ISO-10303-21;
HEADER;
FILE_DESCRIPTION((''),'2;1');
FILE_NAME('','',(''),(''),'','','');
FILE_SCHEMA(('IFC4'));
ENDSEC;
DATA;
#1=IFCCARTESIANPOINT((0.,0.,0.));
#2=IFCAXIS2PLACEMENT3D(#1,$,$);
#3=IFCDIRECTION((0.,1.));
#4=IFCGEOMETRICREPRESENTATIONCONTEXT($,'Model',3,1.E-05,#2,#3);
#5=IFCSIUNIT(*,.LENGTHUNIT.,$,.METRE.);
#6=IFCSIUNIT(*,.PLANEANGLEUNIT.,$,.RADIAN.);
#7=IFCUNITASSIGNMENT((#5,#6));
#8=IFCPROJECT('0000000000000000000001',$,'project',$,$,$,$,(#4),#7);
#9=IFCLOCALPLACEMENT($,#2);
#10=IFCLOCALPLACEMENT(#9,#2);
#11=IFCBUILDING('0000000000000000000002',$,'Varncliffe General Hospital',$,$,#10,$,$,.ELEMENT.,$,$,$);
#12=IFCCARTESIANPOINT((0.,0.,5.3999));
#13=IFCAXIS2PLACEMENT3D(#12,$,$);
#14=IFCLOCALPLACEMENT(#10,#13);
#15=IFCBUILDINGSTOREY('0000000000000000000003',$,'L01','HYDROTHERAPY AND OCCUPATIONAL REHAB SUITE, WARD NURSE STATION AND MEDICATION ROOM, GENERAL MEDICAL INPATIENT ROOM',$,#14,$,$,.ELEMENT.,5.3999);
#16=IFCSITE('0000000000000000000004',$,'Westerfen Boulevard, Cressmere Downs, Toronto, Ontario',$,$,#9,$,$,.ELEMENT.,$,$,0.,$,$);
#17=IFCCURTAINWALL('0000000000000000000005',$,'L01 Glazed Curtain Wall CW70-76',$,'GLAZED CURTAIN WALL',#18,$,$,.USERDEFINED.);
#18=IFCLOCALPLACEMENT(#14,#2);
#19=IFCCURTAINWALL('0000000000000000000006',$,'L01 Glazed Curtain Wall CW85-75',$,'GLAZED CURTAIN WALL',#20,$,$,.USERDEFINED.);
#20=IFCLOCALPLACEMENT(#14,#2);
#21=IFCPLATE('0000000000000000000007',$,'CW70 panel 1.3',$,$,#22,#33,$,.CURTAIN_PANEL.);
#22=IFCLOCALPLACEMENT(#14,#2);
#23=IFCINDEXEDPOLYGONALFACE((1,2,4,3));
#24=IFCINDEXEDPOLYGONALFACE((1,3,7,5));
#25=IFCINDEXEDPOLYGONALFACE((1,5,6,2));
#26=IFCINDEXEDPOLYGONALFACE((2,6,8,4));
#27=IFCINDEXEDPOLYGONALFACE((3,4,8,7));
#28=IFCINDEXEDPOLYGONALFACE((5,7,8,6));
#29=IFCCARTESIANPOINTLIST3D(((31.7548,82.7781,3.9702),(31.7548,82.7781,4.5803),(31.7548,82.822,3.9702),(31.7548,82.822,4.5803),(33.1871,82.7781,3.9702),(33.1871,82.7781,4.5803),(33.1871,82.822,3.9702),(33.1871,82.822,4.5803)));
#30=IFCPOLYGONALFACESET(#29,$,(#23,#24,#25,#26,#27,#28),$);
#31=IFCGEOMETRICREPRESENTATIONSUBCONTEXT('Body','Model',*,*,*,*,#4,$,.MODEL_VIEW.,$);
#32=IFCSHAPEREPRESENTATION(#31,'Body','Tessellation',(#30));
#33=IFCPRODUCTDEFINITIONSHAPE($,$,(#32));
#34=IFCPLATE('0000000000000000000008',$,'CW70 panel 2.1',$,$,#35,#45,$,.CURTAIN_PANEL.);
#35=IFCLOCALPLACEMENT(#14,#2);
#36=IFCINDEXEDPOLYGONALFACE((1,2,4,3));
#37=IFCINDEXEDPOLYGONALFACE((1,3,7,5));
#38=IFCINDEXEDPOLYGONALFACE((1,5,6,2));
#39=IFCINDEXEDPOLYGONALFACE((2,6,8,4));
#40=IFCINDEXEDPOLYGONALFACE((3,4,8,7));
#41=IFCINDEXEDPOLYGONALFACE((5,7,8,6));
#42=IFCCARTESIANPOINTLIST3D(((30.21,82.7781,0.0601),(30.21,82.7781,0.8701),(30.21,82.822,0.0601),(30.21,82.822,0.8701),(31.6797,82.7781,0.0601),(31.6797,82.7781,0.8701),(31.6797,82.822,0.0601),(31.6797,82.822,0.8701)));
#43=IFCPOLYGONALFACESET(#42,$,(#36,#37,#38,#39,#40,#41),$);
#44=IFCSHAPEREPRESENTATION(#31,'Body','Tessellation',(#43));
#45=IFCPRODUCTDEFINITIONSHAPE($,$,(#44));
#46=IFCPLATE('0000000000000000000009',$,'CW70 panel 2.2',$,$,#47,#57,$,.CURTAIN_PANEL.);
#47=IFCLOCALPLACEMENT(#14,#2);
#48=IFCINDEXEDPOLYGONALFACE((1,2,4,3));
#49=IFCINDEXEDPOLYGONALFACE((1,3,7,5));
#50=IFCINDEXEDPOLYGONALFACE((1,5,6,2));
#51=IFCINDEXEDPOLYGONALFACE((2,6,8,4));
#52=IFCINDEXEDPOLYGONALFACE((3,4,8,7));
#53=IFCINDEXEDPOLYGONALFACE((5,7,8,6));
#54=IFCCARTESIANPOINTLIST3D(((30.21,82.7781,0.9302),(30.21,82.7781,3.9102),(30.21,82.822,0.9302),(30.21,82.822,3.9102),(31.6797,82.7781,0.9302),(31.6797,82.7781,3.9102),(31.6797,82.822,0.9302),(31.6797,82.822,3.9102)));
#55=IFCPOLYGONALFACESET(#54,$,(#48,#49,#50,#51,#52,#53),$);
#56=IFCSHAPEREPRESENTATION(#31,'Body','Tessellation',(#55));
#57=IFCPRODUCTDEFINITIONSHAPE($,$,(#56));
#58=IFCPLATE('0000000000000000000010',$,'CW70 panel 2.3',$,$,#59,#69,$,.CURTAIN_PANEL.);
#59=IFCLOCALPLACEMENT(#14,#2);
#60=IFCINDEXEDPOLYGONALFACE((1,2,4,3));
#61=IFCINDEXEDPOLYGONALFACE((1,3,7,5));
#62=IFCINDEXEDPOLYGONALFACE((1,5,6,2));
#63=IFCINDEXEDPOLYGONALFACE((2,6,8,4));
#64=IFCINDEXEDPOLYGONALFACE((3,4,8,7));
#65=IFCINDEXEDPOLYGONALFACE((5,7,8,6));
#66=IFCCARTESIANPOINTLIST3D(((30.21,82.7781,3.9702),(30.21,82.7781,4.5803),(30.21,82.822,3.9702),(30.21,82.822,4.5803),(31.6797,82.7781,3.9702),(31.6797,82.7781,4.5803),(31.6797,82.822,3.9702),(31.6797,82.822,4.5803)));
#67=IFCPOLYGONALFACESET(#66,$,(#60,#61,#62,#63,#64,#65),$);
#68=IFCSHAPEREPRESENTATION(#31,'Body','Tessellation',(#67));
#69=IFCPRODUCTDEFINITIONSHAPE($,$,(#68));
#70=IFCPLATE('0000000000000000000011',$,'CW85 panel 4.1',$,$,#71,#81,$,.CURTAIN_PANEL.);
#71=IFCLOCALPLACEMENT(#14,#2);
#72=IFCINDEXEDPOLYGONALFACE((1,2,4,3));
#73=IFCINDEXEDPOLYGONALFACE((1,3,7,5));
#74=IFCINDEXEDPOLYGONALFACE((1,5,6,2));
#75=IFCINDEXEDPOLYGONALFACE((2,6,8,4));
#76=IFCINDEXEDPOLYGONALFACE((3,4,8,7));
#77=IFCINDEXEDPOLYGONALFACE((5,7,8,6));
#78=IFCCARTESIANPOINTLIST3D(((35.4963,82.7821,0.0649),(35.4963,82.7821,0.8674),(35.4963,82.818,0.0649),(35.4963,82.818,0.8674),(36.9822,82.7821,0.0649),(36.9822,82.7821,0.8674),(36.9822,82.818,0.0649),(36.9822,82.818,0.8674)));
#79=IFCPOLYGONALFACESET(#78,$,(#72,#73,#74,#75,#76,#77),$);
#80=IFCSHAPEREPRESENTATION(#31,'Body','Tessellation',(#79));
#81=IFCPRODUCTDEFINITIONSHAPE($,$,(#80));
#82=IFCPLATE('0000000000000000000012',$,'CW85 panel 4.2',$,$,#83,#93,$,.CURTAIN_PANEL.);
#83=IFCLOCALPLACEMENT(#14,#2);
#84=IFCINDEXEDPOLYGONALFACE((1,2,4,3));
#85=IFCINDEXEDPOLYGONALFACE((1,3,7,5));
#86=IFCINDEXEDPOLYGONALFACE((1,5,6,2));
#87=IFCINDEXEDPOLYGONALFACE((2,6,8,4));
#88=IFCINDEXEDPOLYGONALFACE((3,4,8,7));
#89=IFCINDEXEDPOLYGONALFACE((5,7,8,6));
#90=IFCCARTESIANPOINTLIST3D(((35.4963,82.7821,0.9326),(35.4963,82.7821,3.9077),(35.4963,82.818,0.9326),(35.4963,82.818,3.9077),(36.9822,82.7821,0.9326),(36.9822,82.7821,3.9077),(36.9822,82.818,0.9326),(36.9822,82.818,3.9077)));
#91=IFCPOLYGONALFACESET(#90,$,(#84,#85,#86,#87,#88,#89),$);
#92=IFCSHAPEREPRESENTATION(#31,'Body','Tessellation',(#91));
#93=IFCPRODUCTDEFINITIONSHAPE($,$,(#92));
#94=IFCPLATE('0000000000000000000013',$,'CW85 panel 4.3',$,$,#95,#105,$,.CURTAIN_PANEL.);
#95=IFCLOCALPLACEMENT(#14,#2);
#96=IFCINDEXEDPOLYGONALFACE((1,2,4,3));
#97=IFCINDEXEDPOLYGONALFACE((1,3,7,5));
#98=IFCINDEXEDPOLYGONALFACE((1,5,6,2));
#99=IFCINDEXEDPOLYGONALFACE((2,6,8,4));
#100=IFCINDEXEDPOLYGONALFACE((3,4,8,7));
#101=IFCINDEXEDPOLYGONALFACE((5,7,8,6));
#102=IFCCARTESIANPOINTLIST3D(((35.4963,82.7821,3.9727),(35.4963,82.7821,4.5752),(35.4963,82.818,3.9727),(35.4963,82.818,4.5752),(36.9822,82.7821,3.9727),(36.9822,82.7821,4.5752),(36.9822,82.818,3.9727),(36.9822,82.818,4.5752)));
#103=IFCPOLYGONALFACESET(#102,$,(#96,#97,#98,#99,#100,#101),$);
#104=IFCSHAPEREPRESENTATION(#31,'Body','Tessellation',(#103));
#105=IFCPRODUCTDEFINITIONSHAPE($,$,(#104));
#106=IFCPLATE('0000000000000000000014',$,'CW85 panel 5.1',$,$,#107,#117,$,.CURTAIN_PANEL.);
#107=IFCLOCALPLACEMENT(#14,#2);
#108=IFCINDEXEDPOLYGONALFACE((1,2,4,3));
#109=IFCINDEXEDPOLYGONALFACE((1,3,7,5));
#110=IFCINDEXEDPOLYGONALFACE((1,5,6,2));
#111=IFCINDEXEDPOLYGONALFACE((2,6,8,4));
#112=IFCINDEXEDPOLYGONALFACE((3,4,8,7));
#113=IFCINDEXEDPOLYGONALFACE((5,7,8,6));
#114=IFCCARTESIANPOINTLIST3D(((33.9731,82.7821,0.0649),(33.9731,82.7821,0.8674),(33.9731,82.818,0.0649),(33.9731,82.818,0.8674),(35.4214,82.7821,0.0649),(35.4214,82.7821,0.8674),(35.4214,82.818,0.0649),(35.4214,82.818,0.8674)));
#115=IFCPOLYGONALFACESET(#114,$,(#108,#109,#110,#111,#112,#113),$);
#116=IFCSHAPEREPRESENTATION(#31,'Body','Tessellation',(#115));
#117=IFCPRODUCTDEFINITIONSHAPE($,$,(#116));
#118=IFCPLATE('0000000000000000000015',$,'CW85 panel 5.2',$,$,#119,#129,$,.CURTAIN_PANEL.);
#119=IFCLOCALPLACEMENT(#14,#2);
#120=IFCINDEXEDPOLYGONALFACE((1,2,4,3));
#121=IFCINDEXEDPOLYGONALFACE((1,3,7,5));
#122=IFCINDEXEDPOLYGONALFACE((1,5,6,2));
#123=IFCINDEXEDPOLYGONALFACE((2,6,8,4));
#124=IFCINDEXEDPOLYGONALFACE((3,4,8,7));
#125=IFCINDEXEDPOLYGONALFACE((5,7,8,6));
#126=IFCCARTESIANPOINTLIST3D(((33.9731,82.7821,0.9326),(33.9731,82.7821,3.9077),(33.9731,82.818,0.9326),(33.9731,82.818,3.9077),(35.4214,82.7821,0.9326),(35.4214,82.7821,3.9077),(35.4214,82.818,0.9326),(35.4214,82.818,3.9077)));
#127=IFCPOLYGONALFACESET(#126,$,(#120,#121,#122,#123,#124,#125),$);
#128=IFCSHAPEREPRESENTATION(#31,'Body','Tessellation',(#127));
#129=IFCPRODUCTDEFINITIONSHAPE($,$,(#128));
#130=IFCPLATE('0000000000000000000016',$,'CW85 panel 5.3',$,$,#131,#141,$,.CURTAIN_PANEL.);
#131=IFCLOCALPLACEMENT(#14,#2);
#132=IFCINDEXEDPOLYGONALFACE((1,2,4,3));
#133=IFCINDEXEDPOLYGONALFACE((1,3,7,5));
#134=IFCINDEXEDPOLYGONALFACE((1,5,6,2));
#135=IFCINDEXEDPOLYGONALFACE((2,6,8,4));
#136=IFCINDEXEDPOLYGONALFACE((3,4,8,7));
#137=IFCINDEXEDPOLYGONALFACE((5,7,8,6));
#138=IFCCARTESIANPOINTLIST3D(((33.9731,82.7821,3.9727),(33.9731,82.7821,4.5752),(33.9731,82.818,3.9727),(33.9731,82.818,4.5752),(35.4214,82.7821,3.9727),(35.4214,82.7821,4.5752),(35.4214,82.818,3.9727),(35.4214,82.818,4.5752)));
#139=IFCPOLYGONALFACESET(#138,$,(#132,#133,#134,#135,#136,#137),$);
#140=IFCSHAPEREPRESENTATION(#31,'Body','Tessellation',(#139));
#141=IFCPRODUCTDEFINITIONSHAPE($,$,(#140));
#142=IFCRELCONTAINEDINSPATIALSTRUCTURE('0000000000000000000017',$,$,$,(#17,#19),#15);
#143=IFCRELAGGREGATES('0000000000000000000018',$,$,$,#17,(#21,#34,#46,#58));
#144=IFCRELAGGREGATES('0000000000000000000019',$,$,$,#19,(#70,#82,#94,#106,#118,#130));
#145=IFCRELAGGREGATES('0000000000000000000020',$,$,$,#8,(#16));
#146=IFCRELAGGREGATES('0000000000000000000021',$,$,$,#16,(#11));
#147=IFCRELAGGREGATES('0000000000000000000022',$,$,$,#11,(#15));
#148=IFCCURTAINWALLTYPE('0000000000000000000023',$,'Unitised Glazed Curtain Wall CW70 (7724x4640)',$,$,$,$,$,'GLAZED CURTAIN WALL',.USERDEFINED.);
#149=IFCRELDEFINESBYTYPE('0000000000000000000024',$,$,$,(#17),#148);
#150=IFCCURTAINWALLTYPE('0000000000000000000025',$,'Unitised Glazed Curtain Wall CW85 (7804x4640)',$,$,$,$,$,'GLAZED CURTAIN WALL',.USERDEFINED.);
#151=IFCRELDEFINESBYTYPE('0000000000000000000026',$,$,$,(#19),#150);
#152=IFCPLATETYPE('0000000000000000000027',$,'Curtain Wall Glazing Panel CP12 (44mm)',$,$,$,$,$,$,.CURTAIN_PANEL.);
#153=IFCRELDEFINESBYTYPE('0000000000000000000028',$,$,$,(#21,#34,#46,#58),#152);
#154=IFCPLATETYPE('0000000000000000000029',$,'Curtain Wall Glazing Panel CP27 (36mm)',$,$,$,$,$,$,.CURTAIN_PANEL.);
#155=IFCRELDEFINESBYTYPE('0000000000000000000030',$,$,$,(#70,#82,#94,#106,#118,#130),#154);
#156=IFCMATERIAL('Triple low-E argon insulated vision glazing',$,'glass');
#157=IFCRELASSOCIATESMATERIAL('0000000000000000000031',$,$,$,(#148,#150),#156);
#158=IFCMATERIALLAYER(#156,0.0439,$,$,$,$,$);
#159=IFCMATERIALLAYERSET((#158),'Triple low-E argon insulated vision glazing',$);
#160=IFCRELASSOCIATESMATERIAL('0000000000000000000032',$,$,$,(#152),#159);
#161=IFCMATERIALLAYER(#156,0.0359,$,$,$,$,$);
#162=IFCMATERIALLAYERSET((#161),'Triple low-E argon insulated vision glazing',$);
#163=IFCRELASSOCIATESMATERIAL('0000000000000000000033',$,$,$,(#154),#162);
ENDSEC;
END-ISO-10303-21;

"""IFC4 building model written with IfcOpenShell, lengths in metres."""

from ifc_helpers import new_model, si_unit, direction, frame, origin, origin_2d, place, context, subcontext, project, spatial, rectangle, extrude, material, layer, layer_set, type_object, element, aggregate, save


model = new_model("IFC4")

# Units and contexts
model_context = context("Model", 3, precision=1e-05, world=origin(), true_north=direction((0.0, 1.0)))
body_context = subcontext(model_context, "Body", "Model", "MODEL_VIEW")
ifc_project = project(units=[si_unit("LENGTHUNIT", "METRE"), si_unit("PLANEANGLEUNIT", "RADIAN")], contexts=[model_context])

# Site, building, storey
site_placement = place(None, origin())
site = spatial("IfcSite", under=ifc_project, at=site_placement, Name="Westerfen Boulevard, Cressmere Downs, Toronto, Ontario", CompositionType="ELEMENT", RefElevation=0.0)
building_placement = place(site_placement, origin())
building = spatial("IfcBuilding", under=site, at=building_placement, Name="Varncliffe General Hospital", CompositionType="ELEMENT")
storey_placement = place(building_placement, frame((0.0, 0.0, 5.3999)))
storey = spatial("IfcBuildingStorey", under=building, at=storey_placement, Name="L01", Description="HYDROTHERAPY AND OCCUPATIONAL REHAB SUITE, WARD NURSE STATION AND MEDICATION ROOM, GENERAL MEDICAL INPATIENT ROOM", CompositionType="ELEMENT", Elevation=5.3999)

# Curtain walls
ifc_material_1 = material(Name="Triple low-E argon insulated vision glazing", Category="glass")
curtain_wall_type_1 = type_object("IfcCurtainWallType", Name="Unitised Glazed Curtain Wall CW70 (7724x4640)", ElementType="GLAZED CURTAIN WALL", PredefinedType="USERDEFINED", material=ifc_material_1)
curtain_wall_1_placement = place(storey_placement, origin())
curtain_wall_1 = element("IfcCurtainWall", 1, at=curtain_wall_1_placement, inside=storey, type_object=curtain_wall_type_1, Name="L01 Glazed Curtain Wall CW70-76", ObjectType="GLAZED CURTAIN WALL", PredefinedType="USERDEFINED")
curtain_wall_type_2 = type_object("IfcCurtainWallType", Name="Unitised Glazed Curtain Wall CW85 (7804x4640)", ElementType="GLAZED CURTAIN WALL", PredefinedType="USERDEFINED", material=ifc_material_1)
curtain_wall_2_placement = place(storey_placement, origin())
curtain_wall_2 = element("IfcCurtainWall", 2, at=curtain_wall_2_placement, inside=storey, type_object=curtain_wall_type_2, Name="L01 Glazed Curtain Wall CW85-75", ObjectType="GLAZED CURTAIN WALL", PredefinedType="USERDEFINED")

# Plates
ifc_layer_1 = layer(ifc_material_1, 0.0439)
ifc_layer_set_1 = layer_set([ifc_layer_1], Name="Triple low-E argon insulated vision glazing")
plate_type_1 = type_object("IfcPlateType", Name="Curtain Wall Glazing Panel CP12 (44mm)", PredefinedType="CURTAIN_PANEL", material=ifc_layer_set_1)
plate_1_placement = place(storey_placement, frame((32.4709, 82.8, 3.9702), z_axis=(0.0, 0.0, 1.0), x_axis=(-1.0, 0.0, 0.0)))
plate_1 = element("IfcPlate", 3, at=plate_1_placement, type_object=plate_type_1, Name="CW70 panel 1.3", PredefinedType="CURTAIN_PANEL", context=body_context, shape_type="SweptSolid", body=[
    extrude(rectangle(XDim=1.4324, YDim=0.0439, at=origin_2d()), origin(), (0.0, 0.0, 1.0), 0.6101),
])
plate_2_placement = place(storey_placement, frame((30.9448, 82.8, 0.0601), z_axis=(0.0, 0.0, 1.0), x_axis=(-1.0, 0.0, 0.0)))
plate_2 = element("IfcPlate", 4, at=plate_2_placement, type_object=plate_type_1, Name="CW70 panel 2.1", PredefinedType="CURTAIN_PANEL", context=body_context, shape_type="SweptSolid", body=[
    extrude(rectangle(XDim=1.4697, YDim=0.0439, at=origin_2d()), origin(), (0.0, 0.0, 1.0), 0.8101),
])
plate_3_placement = place(storey_placement, frame((30.9448, 82.8, 0.9302), z_axis=(0.0, 0.0, 1.0), x_axis=(-1.0, 0.0, 0.0)))
plate_3 = element("IfcPlate", 5, at=plate_3_placement, type_object=plate_type_1, Name="CW70 panel 2.2", PredefinedType="CURTAIN_PANEL", context=body_context, shape_type="SweptSolid", body=[
    extrude(rectangle(XDim=1.4697, YDim=0.0439, at=origin_2d()), origin(), (0.0, 0.0, 1.0), 2.98),
])
plate_4_placement = place(storey_placement, frame((30.9448, 82.8, 3.9702), z_axis=(0.0, 0.0, 1.0), x_axis=(-1.0, 0.0, 0.0)))
plate_4 = element("IfcPlate", 6, at=plate_4_placement, type_object=plate_type_1, Name="CW70 panel 2.3", PredefinedType="CURTAIN_PANEL", context=body_context, shape_type="SweptSolid", body=[
    extrude(rectangle(XDim=1.4697, YDim=0.0439, at=origin_2d()), origin(), (0.0, 0.0, 1.0), 0.6101),
])
aggregate(curtain_wall_1, [plate_1, plate_2, plate_3, plate_4])
ifc_layer_2 = layer(ifc_material_1, 0.0359)
ifc_layer_set_2 = layer_set([ifc_layer_2], Name="Triple low-E argon insulated vision glazing")
plate_type_2 = type_object("IfcPlateType", Name="Curtain Wall Glazing Panel CP27 (36mm)", PredefinedType="CURTAIN_PANEL", material=ifc_layer_set_2)
plate_5_placement = place(storey_placement, frame((36.2393, 82.8, 0.0649), z_axis=(0.0, 0.0, 1.0), x_axis=(-1.0, 0.0, 0.0)))
plate_5 = element("IfcPlate", 7, at=plate_5_placement, type_object=plate_type_2, Name="CW85 panel 4.1", PredefinedType="CURTAIN_PANEL", context=body_context, shape_type="SweptSolid", body=[
    extrude(rectangle(XDim=1.4858, YDim=0.0359, at=origin_2d()), origin(), (0.0, 0.0, 1.0), 0.8025),
])
plate_6_placement = place(storey_placement, frame((36.2393, 82.8, 0.9326), z_axis=(0.0, 0.0, 1.0), x_axis=(-1.0, 0.0, 0.0)))
plate_6 = element("IfcPlate", 8, at=plate_6_placement, type_object=plate_type_2, Name="CW85 panel 4.2", PredefinedType="CURTAIN_PANEL", context=body_context, shape_type="SweptSolid", body=[
    extrude(rectangle(XDim=1.4858, YDim=0.0359, at=origin_2d()), origin(), (0.0, 0.0, 1.0), 2.9751),
])
plate_7_placement = place(storey_placement, frame((36.2393, 82.8, 3.9727), z_axis=(0.0, 0.0, 1.0), x_axis=(-1.0, 0.0, 0.0)))
plate_7 = element("IfcPlate", 9, at=plate_7_placement, type_object=plate_type_2, Name="CW85 panel 4.3", PredefinedType="CURTAIN_PANEL", context=body_context, shape_type="SweptSolid", body=[
    extrude(rectangle(XDim=1.4858, YDim=0.0359, at=origin_2d()), origin(), (0.0, 0.0, 1.0), 0.6025),
])
plate_8_placement = place(storey_placement, frame((34.6973, 82.8, 0.0649), z_axis=(0.0, 0.0, 1.0), x_axis=(-1.0, 0.0, 0.0)))
plate_8 = element("IfcPlate", 10, at=plate_8_placement, type_object=plate_type_2, Name="CW85 panel 5.1", PredefinedType="CURTAIN_PANEL", context=body_context, shape_type="SweptSolid", body=[
    extrude(rectangle(XDim=1.4482, YDim=0.0359, at=origin_2d()), origin(), (0.0, 0.0, 1.0), 0.8025),
])
plate_9_placement = place(storey_placement, frame((34.6973, 82.8, 0.9326), z_axis=(0.0, 0.0, 1.0), x_axis=(-1.0, 0.0, 0.0)))
plate_9 = element("IfcPlate", 11, at=plate_9_placement, type_object=plate_type_2, Name="CW85 panel 5.2", PredefinedType="CURTAIN_PANEL", context=body_context, shape_type="SweptSolid", body=[
    extrude(rectangle(XDim=1.4482, YDim=0.0359, at=origin_2d()), origin(), (0.0, 0.0, 1.0), 2.9751),
])
plate_10_placement = place(storey_placement, frame((34.6973, 82.8, 3.9727), z_axis=(0.0, 0.0, 1.0), x_axis=(-1.0, 0.0, 0.0)))
plate_10 = element("IfcPlate", 12, at=plate_10_placement, type_object=plate_type_2, Name="CW85 panel 5.3", PredefinedType="CURTAIN_PANEL", context=body_context, shape_type="SweptSolid", body=[
    extrude(rectangle(XDim=1.4482, YDim=0.0359, at=origin_2d()), origin(), (0.0, 0.0, 1.0), 0.6025),
])
aggregate(curtain_wall_2, [plate_5, plate_6, plate_7, plate_8, plate_9, plate_10])

save(model, "model.ifc")
